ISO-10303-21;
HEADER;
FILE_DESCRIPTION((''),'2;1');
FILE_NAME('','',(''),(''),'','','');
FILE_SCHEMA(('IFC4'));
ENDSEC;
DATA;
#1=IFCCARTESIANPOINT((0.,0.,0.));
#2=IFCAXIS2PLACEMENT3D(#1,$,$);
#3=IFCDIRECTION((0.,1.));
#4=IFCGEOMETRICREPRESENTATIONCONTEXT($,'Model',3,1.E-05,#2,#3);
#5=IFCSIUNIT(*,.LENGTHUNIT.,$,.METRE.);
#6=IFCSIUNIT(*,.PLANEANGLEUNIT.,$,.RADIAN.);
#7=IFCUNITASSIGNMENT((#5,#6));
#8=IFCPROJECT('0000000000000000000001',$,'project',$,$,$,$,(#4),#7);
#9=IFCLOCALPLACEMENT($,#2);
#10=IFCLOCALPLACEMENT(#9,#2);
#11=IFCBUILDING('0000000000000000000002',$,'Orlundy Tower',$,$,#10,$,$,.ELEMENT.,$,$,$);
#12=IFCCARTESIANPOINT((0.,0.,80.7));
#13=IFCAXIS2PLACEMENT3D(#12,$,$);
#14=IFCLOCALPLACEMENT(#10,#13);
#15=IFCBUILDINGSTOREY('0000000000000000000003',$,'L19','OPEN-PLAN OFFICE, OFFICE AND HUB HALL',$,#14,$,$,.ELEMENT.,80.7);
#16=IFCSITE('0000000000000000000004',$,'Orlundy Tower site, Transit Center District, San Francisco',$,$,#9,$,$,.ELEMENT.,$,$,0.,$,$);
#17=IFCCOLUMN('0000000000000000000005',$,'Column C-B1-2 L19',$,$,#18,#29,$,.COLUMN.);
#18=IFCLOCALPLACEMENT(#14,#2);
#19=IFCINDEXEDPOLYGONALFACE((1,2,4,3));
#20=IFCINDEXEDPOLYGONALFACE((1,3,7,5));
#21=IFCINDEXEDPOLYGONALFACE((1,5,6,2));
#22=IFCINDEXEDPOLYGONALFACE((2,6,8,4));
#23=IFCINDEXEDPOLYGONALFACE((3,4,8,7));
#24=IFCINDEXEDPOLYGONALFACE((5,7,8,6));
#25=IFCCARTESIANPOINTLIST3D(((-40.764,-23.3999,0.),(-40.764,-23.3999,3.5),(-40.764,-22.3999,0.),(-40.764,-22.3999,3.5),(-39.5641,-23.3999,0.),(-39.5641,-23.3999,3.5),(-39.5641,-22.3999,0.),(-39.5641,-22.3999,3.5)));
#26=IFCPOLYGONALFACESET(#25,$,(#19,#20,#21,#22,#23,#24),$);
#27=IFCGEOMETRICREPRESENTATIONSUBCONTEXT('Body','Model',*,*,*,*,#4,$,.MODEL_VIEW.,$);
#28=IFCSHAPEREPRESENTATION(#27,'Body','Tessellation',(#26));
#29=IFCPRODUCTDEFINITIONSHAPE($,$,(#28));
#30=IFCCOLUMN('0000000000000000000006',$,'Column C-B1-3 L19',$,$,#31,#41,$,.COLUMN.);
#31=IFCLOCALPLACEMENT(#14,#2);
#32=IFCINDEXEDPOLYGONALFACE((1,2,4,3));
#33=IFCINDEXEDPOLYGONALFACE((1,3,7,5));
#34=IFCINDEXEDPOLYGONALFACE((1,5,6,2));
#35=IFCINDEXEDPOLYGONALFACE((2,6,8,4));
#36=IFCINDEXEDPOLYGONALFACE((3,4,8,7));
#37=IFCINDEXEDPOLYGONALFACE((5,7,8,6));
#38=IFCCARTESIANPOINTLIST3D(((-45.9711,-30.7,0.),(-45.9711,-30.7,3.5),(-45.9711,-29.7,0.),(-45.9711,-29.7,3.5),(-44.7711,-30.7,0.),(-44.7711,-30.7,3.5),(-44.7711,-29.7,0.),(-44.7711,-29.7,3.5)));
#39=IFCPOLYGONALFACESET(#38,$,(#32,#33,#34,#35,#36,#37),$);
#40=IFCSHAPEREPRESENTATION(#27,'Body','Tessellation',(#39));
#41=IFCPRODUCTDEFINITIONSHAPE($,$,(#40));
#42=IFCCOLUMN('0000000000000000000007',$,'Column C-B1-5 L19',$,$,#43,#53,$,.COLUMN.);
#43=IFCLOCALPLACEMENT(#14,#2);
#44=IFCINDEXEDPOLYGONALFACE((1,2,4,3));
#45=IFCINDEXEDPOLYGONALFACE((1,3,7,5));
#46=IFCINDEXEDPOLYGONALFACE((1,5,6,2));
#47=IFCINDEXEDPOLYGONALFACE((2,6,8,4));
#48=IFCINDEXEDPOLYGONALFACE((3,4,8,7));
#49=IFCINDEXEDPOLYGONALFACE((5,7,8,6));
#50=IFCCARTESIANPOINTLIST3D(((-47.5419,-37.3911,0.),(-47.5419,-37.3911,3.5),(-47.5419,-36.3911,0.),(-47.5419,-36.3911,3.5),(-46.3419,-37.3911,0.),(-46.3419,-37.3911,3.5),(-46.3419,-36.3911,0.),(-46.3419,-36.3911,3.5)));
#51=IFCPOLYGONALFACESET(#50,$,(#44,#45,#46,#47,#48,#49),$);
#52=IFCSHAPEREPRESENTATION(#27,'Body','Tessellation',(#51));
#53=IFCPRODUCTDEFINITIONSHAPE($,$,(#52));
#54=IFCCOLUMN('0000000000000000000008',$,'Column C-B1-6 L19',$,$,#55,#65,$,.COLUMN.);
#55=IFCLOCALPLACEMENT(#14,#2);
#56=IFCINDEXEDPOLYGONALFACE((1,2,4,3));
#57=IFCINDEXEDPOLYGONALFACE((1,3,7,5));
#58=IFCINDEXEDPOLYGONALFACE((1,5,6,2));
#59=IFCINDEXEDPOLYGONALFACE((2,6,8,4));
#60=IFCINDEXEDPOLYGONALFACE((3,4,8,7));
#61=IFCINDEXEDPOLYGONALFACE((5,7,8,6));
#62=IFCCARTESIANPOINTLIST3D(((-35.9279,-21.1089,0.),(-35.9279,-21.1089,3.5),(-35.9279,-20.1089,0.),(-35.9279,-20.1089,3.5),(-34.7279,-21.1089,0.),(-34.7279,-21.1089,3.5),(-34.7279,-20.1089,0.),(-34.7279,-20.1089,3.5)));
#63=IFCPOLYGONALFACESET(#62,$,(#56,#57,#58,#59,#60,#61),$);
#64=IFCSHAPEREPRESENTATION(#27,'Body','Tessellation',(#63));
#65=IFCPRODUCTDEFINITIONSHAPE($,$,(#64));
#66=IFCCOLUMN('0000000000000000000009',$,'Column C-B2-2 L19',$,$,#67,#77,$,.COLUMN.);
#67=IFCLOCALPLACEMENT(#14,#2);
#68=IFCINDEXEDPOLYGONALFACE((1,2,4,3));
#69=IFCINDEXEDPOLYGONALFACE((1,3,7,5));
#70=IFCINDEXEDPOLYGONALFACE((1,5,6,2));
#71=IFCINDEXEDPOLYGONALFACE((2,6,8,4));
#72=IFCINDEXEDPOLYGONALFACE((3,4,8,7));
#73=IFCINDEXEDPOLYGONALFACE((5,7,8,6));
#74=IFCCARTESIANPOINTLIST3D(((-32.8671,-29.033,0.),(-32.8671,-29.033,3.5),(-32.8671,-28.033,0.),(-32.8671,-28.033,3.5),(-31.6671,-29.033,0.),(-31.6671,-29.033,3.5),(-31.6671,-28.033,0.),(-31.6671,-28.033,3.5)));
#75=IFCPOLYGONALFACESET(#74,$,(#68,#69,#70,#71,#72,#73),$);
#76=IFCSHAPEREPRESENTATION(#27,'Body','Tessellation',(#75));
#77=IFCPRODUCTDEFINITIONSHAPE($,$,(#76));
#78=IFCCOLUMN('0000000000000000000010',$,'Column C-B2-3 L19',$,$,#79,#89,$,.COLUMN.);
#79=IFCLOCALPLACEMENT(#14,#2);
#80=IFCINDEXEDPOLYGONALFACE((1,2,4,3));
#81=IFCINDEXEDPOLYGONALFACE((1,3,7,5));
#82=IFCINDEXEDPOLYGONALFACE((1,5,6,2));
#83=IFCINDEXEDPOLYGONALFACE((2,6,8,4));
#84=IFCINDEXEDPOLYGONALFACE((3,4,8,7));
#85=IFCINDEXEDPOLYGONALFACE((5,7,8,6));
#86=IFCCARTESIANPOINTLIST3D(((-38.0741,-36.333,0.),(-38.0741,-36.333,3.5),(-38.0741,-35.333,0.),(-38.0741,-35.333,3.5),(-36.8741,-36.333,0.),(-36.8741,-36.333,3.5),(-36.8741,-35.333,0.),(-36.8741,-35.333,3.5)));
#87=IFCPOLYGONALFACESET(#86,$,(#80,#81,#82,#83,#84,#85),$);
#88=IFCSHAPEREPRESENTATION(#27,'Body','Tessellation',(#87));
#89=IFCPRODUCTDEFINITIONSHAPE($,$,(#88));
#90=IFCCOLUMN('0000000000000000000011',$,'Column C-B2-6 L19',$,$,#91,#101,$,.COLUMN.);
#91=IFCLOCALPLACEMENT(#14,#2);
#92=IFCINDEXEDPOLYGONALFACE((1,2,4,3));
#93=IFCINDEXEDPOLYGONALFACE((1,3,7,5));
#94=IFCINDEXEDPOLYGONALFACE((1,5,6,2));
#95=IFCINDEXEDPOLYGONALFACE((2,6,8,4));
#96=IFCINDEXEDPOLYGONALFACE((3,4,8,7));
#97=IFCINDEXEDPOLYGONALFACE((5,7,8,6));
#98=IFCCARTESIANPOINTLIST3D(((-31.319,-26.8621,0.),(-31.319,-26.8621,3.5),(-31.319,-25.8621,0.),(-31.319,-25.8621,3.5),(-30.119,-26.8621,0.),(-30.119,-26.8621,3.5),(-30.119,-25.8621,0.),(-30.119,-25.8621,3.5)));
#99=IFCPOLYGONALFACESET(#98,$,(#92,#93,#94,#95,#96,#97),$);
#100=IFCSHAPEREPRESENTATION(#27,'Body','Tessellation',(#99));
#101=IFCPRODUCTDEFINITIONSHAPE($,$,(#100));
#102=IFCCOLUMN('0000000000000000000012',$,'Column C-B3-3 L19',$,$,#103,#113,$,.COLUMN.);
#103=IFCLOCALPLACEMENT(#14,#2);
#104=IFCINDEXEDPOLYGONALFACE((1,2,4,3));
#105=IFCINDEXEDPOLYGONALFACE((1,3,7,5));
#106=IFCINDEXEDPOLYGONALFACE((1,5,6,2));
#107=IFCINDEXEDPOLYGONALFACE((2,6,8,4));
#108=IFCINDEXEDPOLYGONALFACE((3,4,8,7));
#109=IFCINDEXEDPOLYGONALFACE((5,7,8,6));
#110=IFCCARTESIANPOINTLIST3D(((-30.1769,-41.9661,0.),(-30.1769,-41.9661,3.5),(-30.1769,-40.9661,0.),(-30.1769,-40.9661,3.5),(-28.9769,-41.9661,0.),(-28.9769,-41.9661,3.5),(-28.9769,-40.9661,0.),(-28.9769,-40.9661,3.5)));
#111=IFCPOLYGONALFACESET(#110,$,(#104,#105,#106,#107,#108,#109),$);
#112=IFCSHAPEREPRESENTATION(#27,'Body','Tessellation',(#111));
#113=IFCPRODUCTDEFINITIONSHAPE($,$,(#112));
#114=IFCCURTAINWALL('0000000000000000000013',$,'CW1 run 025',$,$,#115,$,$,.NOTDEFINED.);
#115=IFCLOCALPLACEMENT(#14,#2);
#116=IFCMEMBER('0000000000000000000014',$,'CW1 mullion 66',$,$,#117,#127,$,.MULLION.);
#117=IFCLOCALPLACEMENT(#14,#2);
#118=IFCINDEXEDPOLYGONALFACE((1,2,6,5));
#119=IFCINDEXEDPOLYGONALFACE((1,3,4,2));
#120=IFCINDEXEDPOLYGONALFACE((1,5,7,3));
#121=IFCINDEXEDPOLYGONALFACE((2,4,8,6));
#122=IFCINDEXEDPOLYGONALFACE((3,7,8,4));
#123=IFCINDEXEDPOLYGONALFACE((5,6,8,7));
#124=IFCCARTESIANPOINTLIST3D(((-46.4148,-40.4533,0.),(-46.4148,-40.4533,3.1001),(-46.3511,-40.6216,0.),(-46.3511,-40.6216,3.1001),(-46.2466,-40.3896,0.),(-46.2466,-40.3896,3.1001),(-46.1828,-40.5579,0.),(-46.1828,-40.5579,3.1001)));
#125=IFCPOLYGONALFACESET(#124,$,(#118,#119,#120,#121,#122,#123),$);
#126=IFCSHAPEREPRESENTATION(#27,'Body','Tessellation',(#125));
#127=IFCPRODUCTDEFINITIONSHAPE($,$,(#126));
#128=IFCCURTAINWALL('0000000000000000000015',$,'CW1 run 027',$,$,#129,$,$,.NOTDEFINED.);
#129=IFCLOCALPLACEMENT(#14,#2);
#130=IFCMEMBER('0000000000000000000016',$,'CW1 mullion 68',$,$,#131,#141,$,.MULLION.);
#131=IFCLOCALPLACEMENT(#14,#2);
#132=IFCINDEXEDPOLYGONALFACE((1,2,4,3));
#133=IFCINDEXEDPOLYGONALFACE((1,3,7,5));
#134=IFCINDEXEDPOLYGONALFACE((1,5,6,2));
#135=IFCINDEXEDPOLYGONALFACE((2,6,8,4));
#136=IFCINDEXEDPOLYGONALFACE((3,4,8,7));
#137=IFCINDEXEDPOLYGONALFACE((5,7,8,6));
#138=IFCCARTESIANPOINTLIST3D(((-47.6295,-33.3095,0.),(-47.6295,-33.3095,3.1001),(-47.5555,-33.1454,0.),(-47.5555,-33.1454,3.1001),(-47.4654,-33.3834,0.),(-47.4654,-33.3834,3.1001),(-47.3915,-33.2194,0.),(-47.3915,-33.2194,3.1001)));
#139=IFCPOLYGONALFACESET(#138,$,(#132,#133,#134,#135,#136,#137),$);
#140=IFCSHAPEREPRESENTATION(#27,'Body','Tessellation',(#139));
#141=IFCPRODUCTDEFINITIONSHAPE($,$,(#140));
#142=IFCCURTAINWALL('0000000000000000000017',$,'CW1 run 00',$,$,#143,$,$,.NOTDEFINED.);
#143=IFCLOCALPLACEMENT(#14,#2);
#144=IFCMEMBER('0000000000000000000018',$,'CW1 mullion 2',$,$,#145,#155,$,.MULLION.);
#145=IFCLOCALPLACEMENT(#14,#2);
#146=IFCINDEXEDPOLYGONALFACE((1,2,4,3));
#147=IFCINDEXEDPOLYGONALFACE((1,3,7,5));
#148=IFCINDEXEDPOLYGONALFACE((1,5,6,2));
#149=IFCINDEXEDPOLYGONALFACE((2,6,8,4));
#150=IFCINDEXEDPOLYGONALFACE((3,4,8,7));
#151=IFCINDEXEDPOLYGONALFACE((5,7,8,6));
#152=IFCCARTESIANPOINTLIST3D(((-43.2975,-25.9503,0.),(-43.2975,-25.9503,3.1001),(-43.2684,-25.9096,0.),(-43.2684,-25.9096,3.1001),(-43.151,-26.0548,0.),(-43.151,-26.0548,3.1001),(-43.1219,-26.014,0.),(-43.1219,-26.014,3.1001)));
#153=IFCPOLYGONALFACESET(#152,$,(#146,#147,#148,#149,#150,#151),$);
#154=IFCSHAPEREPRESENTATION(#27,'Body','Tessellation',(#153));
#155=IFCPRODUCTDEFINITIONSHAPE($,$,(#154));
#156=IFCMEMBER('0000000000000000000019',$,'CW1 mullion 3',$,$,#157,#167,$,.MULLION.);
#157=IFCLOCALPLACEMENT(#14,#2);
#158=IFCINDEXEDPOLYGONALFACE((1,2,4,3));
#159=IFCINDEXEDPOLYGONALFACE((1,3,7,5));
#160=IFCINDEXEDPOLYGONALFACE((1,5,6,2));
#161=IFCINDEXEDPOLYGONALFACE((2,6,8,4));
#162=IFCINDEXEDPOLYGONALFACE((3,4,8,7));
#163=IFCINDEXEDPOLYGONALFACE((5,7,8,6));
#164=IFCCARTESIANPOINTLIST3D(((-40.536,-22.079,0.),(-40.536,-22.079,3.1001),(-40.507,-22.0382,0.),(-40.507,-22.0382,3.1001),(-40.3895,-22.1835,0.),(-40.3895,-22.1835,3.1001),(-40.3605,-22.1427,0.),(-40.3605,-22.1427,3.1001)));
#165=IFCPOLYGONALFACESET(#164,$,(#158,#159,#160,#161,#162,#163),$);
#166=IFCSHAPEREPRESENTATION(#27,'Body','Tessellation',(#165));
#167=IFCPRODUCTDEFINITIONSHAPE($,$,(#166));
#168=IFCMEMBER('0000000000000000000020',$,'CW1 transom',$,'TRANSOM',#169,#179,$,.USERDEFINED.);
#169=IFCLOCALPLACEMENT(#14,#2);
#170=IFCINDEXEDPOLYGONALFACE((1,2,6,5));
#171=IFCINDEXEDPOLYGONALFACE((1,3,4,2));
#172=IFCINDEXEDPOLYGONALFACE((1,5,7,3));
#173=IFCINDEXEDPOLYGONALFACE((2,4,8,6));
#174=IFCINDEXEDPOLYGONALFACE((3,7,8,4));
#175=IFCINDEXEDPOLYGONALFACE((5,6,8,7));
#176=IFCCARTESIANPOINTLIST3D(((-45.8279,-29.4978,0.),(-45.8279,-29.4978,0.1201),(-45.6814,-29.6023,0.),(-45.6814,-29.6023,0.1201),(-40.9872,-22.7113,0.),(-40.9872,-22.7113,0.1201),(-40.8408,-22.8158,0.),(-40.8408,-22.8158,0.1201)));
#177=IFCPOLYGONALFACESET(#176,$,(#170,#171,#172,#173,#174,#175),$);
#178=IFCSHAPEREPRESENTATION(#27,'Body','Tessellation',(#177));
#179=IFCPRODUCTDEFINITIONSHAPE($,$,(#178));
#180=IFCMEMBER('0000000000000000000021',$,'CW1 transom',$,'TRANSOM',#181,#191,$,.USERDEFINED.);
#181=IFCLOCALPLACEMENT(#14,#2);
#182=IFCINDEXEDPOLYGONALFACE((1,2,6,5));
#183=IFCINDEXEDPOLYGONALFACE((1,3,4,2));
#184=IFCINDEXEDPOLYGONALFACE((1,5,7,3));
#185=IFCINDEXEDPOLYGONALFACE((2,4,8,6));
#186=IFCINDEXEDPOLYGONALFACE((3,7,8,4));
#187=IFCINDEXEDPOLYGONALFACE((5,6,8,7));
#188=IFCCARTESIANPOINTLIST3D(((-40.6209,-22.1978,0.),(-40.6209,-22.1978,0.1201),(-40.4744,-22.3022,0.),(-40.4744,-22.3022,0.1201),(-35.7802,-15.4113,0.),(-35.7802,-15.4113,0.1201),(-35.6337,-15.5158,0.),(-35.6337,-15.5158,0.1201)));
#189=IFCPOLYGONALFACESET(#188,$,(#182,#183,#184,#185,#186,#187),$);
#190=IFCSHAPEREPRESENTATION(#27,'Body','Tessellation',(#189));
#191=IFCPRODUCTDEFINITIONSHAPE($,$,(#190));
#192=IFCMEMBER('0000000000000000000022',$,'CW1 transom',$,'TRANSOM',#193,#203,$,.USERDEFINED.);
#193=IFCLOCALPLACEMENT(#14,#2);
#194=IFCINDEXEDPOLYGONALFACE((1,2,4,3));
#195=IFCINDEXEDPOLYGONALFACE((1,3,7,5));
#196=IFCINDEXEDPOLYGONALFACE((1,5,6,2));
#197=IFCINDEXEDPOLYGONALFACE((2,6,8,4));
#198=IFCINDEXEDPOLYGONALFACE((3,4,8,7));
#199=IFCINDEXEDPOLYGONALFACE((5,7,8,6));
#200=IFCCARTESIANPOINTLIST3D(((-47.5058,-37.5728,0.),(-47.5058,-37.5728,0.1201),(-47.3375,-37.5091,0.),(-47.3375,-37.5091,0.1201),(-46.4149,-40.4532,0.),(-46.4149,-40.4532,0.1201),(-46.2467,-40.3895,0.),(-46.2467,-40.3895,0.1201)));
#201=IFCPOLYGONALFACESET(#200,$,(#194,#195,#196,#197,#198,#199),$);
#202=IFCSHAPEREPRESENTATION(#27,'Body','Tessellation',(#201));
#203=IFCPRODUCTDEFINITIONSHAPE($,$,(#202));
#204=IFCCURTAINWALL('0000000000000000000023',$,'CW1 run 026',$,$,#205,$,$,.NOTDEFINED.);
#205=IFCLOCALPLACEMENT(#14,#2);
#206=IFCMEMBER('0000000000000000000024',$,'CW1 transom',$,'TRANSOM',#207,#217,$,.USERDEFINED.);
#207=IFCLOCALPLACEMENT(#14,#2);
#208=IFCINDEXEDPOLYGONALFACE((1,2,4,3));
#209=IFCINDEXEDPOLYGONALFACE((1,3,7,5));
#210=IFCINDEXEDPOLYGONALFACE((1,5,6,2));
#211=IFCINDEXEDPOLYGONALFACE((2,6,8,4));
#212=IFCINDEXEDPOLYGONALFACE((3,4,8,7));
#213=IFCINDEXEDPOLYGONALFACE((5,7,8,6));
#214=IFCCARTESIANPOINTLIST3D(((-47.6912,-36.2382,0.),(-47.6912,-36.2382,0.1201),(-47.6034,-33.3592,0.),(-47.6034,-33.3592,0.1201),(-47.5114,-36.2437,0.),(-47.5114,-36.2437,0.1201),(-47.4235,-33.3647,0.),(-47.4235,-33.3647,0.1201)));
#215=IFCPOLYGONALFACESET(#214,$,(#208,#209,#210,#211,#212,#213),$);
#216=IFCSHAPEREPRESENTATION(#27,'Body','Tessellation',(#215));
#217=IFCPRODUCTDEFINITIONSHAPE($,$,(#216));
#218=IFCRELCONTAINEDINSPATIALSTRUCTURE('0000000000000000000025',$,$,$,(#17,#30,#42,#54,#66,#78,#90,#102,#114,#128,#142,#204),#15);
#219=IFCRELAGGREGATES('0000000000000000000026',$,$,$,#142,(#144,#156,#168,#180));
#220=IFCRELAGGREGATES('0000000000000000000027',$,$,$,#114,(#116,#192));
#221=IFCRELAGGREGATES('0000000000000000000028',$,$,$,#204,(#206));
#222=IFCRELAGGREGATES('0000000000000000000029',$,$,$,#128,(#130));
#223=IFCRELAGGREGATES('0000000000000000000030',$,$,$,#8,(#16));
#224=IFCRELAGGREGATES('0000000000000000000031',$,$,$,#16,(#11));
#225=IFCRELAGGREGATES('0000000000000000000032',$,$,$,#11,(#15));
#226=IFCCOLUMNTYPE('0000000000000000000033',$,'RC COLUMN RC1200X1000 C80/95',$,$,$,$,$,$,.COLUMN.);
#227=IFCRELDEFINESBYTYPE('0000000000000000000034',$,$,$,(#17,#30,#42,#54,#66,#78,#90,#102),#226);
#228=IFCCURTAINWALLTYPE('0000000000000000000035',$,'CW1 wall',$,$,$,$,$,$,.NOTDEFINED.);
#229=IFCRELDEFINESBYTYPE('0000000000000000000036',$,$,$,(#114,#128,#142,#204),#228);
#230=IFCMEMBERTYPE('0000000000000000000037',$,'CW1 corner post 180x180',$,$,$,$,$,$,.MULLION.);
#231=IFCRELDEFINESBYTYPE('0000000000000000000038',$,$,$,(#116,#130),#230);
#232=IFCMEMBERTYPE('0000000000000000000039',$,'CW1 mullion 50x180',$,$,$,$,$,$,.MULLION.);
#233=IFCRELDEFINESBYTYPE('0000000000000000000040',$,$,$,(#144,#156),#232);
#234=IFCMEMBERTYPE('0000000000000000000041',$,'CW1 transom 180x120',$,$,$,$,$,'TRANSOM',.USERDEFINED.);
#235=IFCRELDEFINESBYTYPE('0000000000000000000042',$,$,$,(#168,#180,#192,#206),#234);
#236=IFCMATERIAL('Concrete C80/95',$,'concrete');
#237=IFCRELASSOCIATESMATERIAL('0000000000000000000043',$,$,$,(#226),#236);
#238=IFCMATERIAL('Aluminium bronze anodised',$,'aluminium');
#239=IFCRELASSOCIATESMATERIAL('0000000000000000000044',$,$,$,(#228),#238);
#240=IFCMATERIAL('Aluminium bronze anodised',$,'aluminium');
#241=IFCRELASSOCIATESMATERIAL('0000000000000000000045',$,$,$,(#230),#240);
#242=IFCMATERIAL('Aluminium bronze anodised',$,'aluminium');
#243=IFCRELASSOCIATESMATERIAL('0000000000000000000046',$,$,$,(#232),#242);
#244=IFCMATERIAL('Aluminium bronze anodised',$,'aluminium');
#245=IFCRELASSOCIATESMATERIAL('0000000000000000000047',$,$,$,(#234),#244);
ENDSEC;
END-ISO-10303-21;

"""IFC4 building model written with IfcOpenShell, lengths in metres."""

from ifc_helpers import new_model, si_unit, direction, frame, origin, origin_2d, place, context, subcontext, project, spatial, rectangle, extrude, material, material_profile, profile_set, type_object, element, aggregate, save


model = new_model("IFC4")

# Units and contexts
model_context = context("Model", 3, precision=1e-05, world=origin(), true_north=direction((0.0, 1.0)))
body_context = subcontext(model_context, "Body", "Model", "MODEL_VIEW")
ifc_project = project(units=[si_unit("LENGTHUNIT", "METRE"), si_unit("PLANEANGLEUNIT", "RADIAN")], contexts=[model_context])

# Site, building, storey
site_placement = place(None, origin())
site = spatial("IfcSite", under=ifc_project, at=site_placement, Name="Orlundy Tower site, Transit Center District, San Francisco", CompositionType="ELEMENT", RefElevation=0.0)
building_placement = place(site_placement, origin())
building = spatial("IfcBuilding", under=site, at=building_placement, Name="Orlundy Tower", CompositionType="ELEMENT")
storey_placement = place(building_placement, frame((0.0, 0.0, 80.7)))
storey = spatial("IfcBuildingStorey", under=building, at=storey_placement, Name="L19", Description="OPEN-PLAN OFFICE, OFFICE AND HUB HALL", CompositionType="ELEMENT", Elevation=80.7)

# Columns
ifc_material_1 = material(Name="Concrete C80/95", Category="concrete")
ifc_material_profile_1 = material_profile(ifc_material_1, rectangle(XDim=1.2, YDim=1.0, at=origin_2d()), Name="RC1200X1000")
ifc_profile_set_1 = profile_set([ifc_material_profile_1], Name="Concrete C80/95")
column_type = type_object("IfcColumnType", Name="RC COLUMN RC1200X1000 C80/95", PredefinedType="COLUMN", material=ifc_profile_set_1)
for number, where, z_axis, x_axis, name in (
    (1, (-40.1641, -22.8999, 0.0), (0.0, 0.0, 1.0), (1.0, 0.0, 0.0), "Column C-B1-2 L19"),
    (2, (-45.3711, -30.2, 0.0), (0.0, 0.0, 1.0), (1.0, 0.0, 0.0), "Column C-B1-3 L19"),
    (3, (-46.9419, -36.8911, 0.0), (0.0, 0.0, 1.0), (1.0, 0.0, 0.0), "Column C-B1-5 L19"),
    (4, (-35.3279, -20.6089, 0.0), (0.0, 0.0, 1.0), (1.0, 0.0, 0.0), "Column C-B1-6 L19"),
    (5, (-32.2671, -28.533, 0.0), (0.0, 0.0, 1.0), (1.0, 0.0, 0.0), "Column C-B2-2 L19"),
    (6, (-37.4741, -35.833, 0.0), (0.0, 0.0, 1.0), (1.0, 0.0, 0.0), "Column C-B2-3 L19"),
    (7, (-30.719, -26.3621, 0.0), (0.0, 0.0, 1.0), (1.0, 0.0, 0.0), "Column C-B2-6 L19"),
    (8, (-29.5769, -41.4661, 0.0), (0.0, 0.0, 1.0), (1.0, 0.0, 0.0), "Column C-B3-3 L19"),
):
    element("IfcColumn", number, at=place(storey_placement, frame(where, z_axis=z_axis, x_axis=x_axis)), inside=storey, type_object=column_type, Name=name, PredefinedType="COLUMN", context=body_context, shape_type="SweptSolid", body=[
        extrude(rectangle(XDim=1.2, YDim=1.0, at=origin_2d()), origin(), (0.0, 0.0, 1.0), 3.5),
    ])

# Curtain walls, members
ifc_material_2 = material(Name="Aluminium bronze anodised", Category="aluminium")
curtain_wall_type = type_object("IfcCurtainWallType", Name="CW1 wall", PredefinedType="NOTDEFINED", material=ifc_material_2)
curtain_wall_1_placement = place(storey_placement, origin())
curtain_wall_1 = element("IfcCurtainWall", 9, at=curtain_wall_1_placement, inside=storey, type_object=curtain_wall_type, Name="CW1 run 025", PredefinedType="NOTDEFINED")
ifc_material_3 = material(Name="Aluminium bronze anodised", Category="aluminium")
ifc_material_profile_2 = material_profile(ifc_material_3, rectangle(XDim=0.1799, YDim=0.1799, at=origin_2d()), Name="CW1 corner post 180x180")
ifc_profile_set_2 = profile_set([ifc_material_profile_2], Name="Aluminium bronze anodised")
member_type_1 = type_object("IfcMemberType", Name="CW1 corner post 180x180", PredefinedType="MULLION", material=ifc_profile_set_2)
member_1_placement = place(storey_placement, frame((-46.2988, -40.5056, 0.0), z_axis=(0.0, 0.0, 1.0), x_axis=(-0.935182, -0.354166, 0.0)))
member_1 = element("IfcMember", 10, at=member_1_placement, type_object=member_type_1, Name="CW1 mullion 66", PredefinedType="MULLION", context=body_context, shape_type="SweptSolid", body=[
    extrude(rectangle(XDim=0.1799, YDim=0.1799, at=origin_2d()), origin(), (0.0, 0.0, 1.0), 3.1001),
])
curtain_wall_2_placement = place(storey_placement, origin())
curtain_wall_2 = element("IfcCurtainWall", 11, at=curtain_wall_2_placement, inside=storey, type_object=curtain_wall_type, Name="CW1 run 027", PredefinedType="NOTDEFINED")
member_2_placement = place(storey_placement, frame((-47.5105, -33.2644, 0.0), z_axis=(0.0, 0.0, 1.0), x_axis=(-0.911674, 0.410914, 0.0)))
member_2 = element("IfcMember", 12, at=member_2_placement, type_object=member_type_1, Name="CW1 mullion 68", PredefinedType="MULLION", context=body_context, shape_type="SweptSolid", body=[
    extrude(rectangle(XDim=0.1799, YDim=0.1799, at=origin_2d()), origin(), (0.0, 0.0, 1.0), 3.1001),
])

# Curtain wall, members
curtain_wall_3_placement = place(storey_placement, origin())
curtain_wall_3 = element("IfcCurtainWall", 13, at=curtain_wall_3_placement, inside=storey, type_object=curtain_wall_type, Name="CW1 run 00", PredefinedType="NOTDEFINED")
ifc_material_4 = material(Name="Aluminium bronze anodised", Category="aluminium")
ifc_material_profile_3 = material_profile(ifc_material_4, rectangle(XDim=0.1799, YDim=0.05, at=origin_2d()), Name="CW1 mullion 50x180")
ifc_profile_set_3 = profile_set([ifc_material_profile_3], Name="Aluminium bronze anodised")
member_type_2 = type_object("IfcMemberType", Name="CW1 mullion 50x180", PredefinedType="MULLION", material=ifc_profile_set_3)
member_3_placement = place(storey_placement, frame((-43.2097, -25.9822, 0.0), z_axis=(0.0, 0.0, 1.0), x_axis=(-0.814117, 0.580701, 0.0)))
member_3 = element("IfcMember", 14, at=member_3_placement, type_object=member_type_2, Name="CW1 mullion 2", PredefinedType="MULLION", context=body_context, shape_type="SweptSolid", body=[
    extrude(rectangle(XDim=0.1799, YDim=0.05, at=origin_2d()), origin(), (0.0, 0.0, 1.0), 3.1001),
])
member_4_placement = place(storey_placement, frame((-40.4482, -22.1108, 0.0), z_axis=(0.0, 0.0, 1.0), x_axis=(-0.814117, 0.580701, 0.0)))
member_4 = element("IfcMember", 15, at=member_4_placement, type_object=member_type_2, Name="CW1 mullion 3", PredefinedType="MULLION", context=body_context, shape_type="SweptSolid", body=[
    extrude(rectangle(XDim=0.1799, YDim=0.05, at=origin_2d()), origin(), (0.0, 0.0, 1.0), 3.1001),
])
ifc_material_5 = material(Name="Aluminium bronze anodised", Category="aluminium")
ifc_material_profile_4 = material_profile(ifc_material_5, rectangle(XDim=0.1799, YDim=0.1201, at=origin_2d()), Name="CW1 transom 180x120")
ifc_profile_set_4 = profile_set([ifc_material_profile_4], Name="Aluminium bronze anodised")
member_type_3 = type_object("IfcMemberType", Name="CW1 transom 180x120", ElementType="TRANSOM", PredefinedType="USERDEFINED", material=ifc_profile_set_4)
member_5_placement = place(storey_placement, frame((-45.7546, -29.55, 0.0601), z_axis=(0.580695, 0.814121, 0.0), x_axis=(-0.814121, 0.580695, 0.0)))
member_5 = element("IfcMember", 16, at=member_5_placement, type_object=member_type_3, Name="CW1 transom", ObjectType="TRANSOM", PredefinedType="USERDEFINED", context=body_context, shape_type="SweptSolid", body=[
    extrude(rectangle(XDim=0.1799, YDim=0.1201, at=origin_2d()), origin(), (0.0, 0.0, 1.0), 8.3359),
])
member_6_placement = place(storey_placement, frame((-40.5476, -22.25, 0.0601), z_axis=(0.580695, 0.814121, 0.0), x_axis=(-0.814121, 0.580695, 0.0)))
member_6 = element("IfcMember", 17, at=member_6_placement, type_object=member_type_3, Name="CW1 transom", ObjectType="TRANSOM", PredefinedType="USERDEFINED", context=body_context, shape_type="SweptSolid", body=[
    extrude(rectangle(XDim=0.1799, YDim=0.1201, at=origin_2d()), origin(), (0.0, 0.0, 1.0), 8.3359),
])

# Member
member_7_placement = place(storey_placement, frame((-46.3308, -40.4214, 0.0601), z_axis=(-0.354162, 0.935184, 0.0), x_axis=(-0.935184, -0.354162, 0.0)))
member_7 = element("IfcMember", 18, at=member_7_placement, type_object=member_type_3, Name="CW1 transom", ObjectType="TRANSOM", PredefinedType="USERDEFINED", context=body_context, shape_type="SweptSolid", body=[
    extrude(rectangle(XDim=0.1799, YDim=0.1201, at=origin_2d()), origin(), (0.0, 0.0, 1.0), 3.0801),
])

# Curtain wall, member
curtain_wall_4_placement = place(storey_placement, origin())
curtain_wall_4 = element("IfcCurtainWall", 19, at=curtain_wall_4_placement, inside=storey, type_object=curtain_wall_type, Name="CW1 run 026", PredefinedType="NOTDEFINED")
member_8_placement = place(storey_placement, frame((-47.6013, -36.241, 0.0601), z_axis=(0.030512, 0.999534, 0.0), x_axis=(-0.999534, 0.030512, 0.0)))
member_8 = element("IfcMember", 20, at=member_8_placement, type_object=member_type_3, Name="CW1 transom", ObjectType="TRANSOM", PredefinedType="USERDEFINED", context=body_context, shape_type="SweptSolid", body=[
    extrude(rectangle(XDim=0.1799, YDim=0.1201, at=origin_2d()), origin(), (0.0, 0.0, 1.0), 2.8804),
])

aggregate(curtain_wall_3, [member_3, member_4, member_5, member_6])
aggregate(curtain_wall_1, [member_1, member_7])
aggregate(curtain_wall_4, [member_8])
aggregate(curtain_wall_2, [member_2])

save(model, "model.ifc")
